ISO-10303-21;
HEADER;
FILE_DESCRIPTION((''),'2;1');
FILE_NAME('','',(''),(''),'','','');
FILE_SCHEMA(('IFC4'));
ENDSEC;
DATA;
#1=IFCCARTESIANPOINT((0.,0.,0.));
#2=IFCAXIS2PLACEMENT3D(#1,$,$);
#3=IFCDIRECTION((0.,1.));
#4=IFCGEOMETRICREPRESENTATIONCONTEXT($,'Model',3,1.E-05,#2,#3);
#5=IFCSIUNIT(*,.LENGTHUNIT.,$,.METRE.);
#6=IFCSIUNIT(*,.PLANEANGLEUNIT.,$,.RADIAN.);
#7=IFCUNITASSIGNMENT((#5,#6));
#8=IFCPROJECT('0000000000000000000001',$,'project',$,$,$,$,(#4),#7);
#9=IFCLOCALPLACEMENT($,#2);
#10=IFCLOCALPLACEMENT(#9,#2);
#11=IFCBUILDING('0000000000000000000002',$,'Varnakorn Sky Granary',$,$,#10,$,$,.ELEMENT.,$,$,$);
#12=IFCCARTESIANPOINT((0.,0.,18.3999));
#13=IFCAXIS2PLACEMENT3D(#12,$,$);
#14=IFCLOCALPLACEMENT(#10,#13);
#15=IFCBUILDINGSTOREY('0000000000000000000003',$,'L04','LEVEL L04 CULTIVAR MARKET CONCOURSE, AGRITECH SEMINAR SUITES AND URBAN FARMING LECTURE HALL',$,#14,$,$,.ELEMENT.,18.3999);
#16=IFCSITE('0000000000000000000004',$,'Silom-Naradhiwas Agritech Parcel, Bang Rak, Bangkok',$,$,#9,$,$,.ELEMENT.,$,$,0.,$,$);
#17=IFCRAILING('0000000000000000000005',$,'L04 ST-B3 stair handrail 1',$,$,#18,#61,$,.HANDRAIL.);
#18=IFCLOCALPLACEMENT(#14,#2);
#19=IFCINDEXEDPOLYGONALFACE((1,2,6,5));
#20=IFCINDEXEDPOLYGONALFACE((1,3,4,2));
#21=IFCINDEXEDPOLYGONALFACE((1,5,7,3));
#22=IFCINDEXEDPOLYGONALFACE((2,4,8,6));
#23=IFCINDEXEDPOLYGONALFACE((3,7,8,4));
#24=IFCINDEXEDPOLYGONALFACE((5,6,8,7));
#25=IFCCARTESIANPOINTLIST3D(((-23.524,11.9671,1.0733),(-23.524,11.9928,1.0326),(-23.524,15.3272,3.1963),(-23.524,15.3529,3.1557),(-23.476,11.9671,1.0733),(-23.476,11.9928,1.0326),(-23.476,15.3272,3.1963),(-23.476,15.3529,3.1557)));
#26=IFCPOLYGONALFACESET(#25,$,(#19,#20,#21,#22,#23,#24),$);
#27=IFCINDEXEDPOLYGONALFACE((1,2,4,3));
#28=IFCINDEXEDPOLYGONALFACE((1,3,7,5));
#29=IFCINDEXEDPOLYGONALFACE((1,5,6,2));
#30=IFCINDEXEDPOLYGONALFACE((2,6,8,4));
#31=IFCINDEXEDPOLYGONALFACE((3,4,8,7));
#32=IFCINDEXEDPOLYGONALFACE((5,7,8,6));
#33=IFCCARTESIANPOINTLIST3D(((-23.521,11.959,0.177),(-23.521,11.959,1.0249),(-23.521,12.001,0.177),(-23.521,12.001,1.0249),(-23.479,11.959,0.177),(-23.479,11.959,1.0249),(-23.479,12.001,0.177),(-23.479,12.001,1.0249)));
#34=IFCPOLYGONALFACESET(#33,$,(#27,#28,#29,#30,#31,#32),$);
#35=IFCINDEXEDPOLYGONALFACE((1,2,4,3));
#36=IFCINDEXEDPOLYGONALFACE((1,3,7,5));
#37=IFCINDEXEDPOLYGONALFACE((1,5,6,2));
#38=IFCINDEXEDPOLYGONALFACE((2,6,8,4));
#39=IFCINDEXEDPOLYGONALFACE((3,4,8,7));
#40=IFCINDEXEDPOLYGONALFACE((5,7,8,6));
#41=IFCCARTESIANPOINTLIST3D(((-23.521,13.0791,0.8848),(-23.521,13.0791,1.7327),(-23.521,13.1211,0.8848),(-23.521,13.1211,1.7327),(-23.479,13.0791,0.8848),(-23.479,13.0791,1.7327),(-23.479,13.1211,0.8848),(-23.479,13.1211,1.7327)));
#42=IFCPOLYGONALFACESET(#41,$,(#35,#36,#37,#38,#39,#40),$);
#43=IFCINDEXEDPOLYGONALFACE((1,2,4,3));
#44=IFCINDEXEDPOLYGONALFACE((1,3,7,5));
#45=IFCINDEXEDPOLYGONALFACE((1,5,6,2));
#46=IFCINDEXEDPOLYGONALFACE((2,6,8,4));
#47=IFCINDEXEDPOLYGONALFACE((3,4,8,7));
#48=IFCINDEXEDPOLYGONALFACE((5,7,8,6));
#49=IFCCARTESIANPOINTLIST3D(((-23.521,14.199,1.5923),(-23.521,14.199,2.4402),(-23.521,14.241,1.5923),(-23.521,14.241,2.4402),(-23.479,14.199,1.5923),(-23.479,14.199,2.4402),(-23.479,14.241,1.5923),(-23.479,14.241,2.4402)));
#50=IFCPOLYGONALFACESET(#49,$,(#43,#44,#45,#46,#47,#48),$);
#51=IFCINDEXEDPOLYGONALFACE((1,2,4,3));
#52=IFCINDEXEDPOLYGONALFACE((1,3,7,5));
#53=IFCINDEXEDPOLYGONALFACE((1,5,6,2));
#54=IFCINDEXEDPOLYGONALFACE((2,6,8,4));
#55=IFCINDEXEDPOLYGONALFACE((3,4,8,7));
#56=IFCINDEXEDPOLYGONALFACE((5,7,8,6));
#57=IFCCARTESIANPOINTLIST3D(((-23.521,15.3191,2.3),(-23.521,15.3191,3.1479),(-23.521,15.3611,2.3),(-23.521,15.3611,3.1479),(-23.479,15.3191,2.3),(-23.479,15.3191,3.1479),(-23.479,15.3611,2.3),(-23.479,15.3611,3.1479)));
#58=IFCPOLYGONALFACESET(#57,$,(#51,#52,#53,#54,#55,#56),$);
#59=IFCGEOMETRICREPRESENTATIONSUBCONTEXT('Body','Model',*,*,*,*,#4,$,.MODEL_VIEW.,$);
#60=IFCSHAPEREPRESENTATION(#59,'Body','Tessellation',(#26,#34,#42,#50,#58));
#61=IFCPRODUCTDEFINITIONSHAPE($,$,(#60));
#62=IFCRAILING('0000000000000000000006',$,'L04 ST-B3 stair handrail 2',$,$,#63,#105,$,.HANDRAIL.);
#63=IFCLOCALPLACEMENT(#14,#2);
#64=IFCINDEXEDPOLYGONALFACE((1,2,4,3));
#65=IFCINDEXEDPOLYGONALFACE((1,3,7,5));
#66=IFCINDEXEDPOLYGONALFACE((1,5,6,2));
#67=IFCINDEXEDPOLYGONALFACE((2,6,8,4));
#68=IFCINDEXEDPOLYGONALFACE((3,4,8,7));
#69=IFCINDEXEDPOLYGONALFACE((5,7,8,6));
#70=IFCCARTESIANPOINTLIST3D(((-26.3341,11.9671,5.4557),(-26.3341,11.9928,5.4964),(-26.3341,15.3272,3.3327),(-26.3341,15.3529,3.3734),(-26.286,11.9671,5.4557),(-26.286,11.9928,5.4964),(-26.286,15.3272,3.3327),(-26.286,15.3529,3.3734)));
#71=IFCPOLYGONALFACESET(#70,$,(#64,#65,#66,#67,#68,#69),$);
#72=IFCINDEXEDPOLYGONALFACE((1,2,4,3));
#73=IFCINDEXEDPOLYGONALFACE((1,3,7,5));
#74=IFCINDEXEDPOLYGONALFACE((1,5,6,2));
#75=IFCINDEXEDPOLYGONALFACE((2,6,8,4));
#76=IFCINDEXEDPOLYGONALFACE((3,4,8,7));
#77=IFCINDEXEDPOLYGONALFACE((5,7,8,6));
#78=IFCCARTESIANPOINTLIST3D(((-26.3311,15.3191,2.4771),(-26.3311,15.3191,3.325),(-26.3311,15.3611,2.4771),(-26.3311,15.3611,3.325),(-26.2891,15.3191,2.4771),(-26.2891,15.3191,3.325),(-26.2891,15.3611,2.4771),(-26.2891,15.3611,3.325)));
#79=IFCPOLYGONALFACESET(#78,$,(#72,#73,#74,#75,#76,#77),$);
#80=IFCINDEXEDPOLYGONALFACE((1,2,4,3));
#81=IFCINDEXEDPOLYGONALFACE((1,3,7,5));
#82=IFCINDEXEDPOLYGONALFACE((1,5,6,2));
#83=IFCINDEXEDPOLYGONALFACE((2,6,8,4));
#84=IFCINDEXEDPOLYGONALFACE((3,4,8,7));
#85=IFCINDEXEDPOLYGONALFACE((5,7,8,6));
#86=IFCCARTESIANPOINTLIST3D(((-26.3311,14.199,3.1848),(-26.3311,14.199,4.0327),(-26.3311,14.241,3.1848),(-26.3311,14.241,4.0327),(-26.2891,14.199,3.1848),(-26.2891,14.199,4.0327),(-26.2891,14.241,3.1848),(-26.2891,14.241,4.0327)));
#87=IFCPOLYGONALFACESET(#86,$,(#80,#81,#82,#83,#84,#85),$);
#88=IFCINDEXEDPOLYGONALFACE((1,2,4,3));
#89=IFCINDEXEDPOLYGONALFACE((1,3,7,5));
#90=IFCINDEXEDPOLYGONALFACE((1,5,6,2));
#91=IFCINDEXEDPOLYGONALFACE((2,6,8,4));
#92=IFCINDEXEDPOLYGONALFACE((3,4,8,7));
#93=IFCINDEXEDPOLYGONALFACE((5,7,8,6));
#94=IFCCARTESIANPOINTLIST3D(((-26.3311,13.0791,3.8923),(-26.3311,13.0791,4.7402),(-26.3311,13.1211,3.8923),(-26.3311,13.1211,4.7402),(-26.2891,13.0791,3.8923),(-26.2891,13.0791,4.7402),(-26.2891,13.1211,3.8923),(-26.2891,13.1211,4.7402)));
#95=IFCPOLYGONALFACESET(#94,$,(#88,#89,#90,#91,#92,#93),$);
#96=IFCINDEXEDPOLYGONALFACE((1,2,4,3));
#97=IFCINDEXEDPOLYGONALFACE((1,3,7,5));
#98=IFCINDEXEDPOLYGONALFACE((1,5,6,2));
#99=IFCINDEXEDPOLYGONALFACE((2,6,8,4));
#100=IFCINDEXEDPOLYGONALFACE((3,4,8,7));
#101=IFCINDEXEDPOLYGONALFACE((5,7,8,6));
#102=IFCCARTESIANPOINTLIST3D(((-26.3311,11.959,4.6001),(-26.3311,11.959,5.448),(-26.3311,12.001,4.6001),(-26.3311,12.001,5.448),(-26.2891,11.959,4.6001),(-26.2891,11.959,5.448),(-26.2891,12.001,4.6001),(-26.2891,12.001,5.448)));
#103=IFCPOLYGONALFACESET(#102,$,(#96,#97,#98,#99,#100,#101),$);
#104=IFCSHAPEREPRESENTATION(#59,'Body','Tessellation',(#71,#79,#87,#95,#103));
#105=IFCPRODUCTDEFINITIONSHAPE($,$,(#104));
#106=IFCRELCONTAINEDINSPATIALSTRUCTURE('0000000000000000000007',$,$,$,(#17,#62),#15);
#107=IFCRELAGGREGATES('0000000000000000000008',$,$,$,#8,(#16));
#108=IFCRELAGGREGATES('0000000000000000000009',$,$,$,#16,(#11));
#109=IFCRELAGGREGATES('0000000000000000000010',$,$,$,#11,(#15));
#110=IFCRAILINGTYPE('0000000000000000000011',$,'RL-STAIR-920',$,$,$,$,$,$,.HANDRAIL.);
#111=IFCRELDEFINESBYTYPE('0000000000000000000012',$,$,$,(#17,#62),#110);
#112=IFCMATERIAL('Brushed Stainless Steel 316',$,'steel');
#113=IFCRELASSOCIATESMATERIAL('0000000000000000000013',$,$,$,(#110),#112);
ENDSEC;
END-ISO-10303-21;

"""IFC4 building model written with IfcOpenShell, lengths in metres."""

from ifc_helpers import new_model, si_unit, direction, frame, origin, origin_2d, place, context, subcontext, project, spatial, rectangle, extrude, material, type_object, element, save


model = new_model("IFC4")

# Units and contexts
model_context = context("Model", 3, precision=1e-05, world=origin(), true_north=direction((0.0, 1.0)))
body_context = subcontext(model_context, "Body", "Model", "MODEL_VIEW")
ifc_project = project(units=[si_unit("LENGTHUNIT", "METRE"), si_unit("PLANEANGLEUNIT", "RADIAN")], contexts=[model_context])

# Site, building, storey
site_placement = place(None, origin())
site = spatial("IfcSite", under=ifc_project, at=site_placement, Name="Silom-Naradhiwas Agritech Parcel, Bang Rak, Bangkok", CompositionType="ELEMENT", RefElevation=0.0)
building_placement = place(site_placement, origin())
building = spatial("IfcBuilding", under=site, at=building_placement, Name="Varnakorn Sky Granary", CompositionType="ELEMENT")
storey_placement = place(building_placement, frame((0.0, 0.0, 18.3999)))
storey = spatial("IfcBuildingStorey", under=building, at=storey_placement, Name="L04", Description="LEVEL L04 CULTIVAR MARKET CONCOURSE, AGRITECH SEMINAR SUITES AND URBAN FARMING LECTURE HALL", CompositionType="ELEMENT", Elevation=18.3999)

# Railings
ifc_material_1 = material(Name="Brushed Stainless Steel 316", Category="steel")
railing_type_1 = type_object("IfcRailingType", Name="RL-STAIR-920", PredefinedType="HANDRAIL", material=ifc_material_1)
railing_1_placement = place(storey_placement, frame((-23.5, 11.98, 0.177)))
element("IfcRailing", 1, at=railing_1_placement, inside=storey, type_object=railing_type_1, Name="L04 ST-B3 stair handrail 1", PredefinedType="HANDRAIL", context=body_context, shape_type="SweptSolid", body=[
    extrude(rectangle(XDim=0.0481, YDim=0.0481, at=origin_2d()), frame((0.0, 0.0, 0.876), z_axis=(0.0, 0.84539, 0.53415), x_axis=(-1.0, 0.0, 0.0)), (0.0, 0.0, 1.0), 3.9746),
    extrude(rectangle(XDim=0.042, YDim=0.042, at=origin_2d()), origin(), (0.0, 0.0, 1.0), 0.8479),
    extrude(rectangle(XDim=0.042, YDim=0.042, at=origin_2d()), frame((0.0, 1.1201, 0.7078)), (0.0, 0.0, 1.0), 0.8479),
    extrude(rectangle(XDim=0.042, YDim=0.042, at=origin_2d()), frame((0.0, 2.24, 1.4153)), (0.0, 0.0, 1.0), 0.8479),
    extrude(rectangle(XDim=0.042, YDim=0.042, at=origin_2d()), frame((0.0, 3.3601, 2.123)), (0.0, 0.0, 1.0), 0.8479),
])
railing_2_placement = place(storey_placement, frame((-26.3101, 15.3401, 2.4771)))
element("IfcRailing", 2, at=railing_2_placement, inside=storey, type_object=railing_type_1, Name="L04 ST-B3 stair handrail 2", PredefinedType="HANDRAIL", context=body_context, shape_type="SweptSolid", body=[
    extrude(rectangle(XDim=0.0481, YDim=0.0481, at=origin_2d()), frame((0.0, 0.0, 0.876), z_axis=(0.0, -0.84539, 0.53415), x_axis=(1.0, 0.0, 0.0)), (0.0, 0.0, 1.0), 3.9746),
    extrude(rectangle(XDim=0.042, YDim=0.042, at=origin_2d()), origin(), (0.0, 0.0, 1.0), 0.8479),
    extrude(rectangle(XDim=0.042, YDim=0.042, at=origin_2d()), frame((0.0, -1.1201, 0.7078)), (0.0, 0.0, 1.0), 0.8479),
    extrude(rectangle(XDim=0.042, YDim=0.042, at=origin_2d()), frame((0.0, -2.24, 1.4153)), (0.0, 0.0, 1.0), 0.8479),
    extrude(rectangle(XDim=0.042, YDim=0.042, at=origin_2d()), frame((0.0, -3.3601, 2.123)), (0.0, 0.0, 1.0), 0.8479),
])

save(model, "model.ifc")
